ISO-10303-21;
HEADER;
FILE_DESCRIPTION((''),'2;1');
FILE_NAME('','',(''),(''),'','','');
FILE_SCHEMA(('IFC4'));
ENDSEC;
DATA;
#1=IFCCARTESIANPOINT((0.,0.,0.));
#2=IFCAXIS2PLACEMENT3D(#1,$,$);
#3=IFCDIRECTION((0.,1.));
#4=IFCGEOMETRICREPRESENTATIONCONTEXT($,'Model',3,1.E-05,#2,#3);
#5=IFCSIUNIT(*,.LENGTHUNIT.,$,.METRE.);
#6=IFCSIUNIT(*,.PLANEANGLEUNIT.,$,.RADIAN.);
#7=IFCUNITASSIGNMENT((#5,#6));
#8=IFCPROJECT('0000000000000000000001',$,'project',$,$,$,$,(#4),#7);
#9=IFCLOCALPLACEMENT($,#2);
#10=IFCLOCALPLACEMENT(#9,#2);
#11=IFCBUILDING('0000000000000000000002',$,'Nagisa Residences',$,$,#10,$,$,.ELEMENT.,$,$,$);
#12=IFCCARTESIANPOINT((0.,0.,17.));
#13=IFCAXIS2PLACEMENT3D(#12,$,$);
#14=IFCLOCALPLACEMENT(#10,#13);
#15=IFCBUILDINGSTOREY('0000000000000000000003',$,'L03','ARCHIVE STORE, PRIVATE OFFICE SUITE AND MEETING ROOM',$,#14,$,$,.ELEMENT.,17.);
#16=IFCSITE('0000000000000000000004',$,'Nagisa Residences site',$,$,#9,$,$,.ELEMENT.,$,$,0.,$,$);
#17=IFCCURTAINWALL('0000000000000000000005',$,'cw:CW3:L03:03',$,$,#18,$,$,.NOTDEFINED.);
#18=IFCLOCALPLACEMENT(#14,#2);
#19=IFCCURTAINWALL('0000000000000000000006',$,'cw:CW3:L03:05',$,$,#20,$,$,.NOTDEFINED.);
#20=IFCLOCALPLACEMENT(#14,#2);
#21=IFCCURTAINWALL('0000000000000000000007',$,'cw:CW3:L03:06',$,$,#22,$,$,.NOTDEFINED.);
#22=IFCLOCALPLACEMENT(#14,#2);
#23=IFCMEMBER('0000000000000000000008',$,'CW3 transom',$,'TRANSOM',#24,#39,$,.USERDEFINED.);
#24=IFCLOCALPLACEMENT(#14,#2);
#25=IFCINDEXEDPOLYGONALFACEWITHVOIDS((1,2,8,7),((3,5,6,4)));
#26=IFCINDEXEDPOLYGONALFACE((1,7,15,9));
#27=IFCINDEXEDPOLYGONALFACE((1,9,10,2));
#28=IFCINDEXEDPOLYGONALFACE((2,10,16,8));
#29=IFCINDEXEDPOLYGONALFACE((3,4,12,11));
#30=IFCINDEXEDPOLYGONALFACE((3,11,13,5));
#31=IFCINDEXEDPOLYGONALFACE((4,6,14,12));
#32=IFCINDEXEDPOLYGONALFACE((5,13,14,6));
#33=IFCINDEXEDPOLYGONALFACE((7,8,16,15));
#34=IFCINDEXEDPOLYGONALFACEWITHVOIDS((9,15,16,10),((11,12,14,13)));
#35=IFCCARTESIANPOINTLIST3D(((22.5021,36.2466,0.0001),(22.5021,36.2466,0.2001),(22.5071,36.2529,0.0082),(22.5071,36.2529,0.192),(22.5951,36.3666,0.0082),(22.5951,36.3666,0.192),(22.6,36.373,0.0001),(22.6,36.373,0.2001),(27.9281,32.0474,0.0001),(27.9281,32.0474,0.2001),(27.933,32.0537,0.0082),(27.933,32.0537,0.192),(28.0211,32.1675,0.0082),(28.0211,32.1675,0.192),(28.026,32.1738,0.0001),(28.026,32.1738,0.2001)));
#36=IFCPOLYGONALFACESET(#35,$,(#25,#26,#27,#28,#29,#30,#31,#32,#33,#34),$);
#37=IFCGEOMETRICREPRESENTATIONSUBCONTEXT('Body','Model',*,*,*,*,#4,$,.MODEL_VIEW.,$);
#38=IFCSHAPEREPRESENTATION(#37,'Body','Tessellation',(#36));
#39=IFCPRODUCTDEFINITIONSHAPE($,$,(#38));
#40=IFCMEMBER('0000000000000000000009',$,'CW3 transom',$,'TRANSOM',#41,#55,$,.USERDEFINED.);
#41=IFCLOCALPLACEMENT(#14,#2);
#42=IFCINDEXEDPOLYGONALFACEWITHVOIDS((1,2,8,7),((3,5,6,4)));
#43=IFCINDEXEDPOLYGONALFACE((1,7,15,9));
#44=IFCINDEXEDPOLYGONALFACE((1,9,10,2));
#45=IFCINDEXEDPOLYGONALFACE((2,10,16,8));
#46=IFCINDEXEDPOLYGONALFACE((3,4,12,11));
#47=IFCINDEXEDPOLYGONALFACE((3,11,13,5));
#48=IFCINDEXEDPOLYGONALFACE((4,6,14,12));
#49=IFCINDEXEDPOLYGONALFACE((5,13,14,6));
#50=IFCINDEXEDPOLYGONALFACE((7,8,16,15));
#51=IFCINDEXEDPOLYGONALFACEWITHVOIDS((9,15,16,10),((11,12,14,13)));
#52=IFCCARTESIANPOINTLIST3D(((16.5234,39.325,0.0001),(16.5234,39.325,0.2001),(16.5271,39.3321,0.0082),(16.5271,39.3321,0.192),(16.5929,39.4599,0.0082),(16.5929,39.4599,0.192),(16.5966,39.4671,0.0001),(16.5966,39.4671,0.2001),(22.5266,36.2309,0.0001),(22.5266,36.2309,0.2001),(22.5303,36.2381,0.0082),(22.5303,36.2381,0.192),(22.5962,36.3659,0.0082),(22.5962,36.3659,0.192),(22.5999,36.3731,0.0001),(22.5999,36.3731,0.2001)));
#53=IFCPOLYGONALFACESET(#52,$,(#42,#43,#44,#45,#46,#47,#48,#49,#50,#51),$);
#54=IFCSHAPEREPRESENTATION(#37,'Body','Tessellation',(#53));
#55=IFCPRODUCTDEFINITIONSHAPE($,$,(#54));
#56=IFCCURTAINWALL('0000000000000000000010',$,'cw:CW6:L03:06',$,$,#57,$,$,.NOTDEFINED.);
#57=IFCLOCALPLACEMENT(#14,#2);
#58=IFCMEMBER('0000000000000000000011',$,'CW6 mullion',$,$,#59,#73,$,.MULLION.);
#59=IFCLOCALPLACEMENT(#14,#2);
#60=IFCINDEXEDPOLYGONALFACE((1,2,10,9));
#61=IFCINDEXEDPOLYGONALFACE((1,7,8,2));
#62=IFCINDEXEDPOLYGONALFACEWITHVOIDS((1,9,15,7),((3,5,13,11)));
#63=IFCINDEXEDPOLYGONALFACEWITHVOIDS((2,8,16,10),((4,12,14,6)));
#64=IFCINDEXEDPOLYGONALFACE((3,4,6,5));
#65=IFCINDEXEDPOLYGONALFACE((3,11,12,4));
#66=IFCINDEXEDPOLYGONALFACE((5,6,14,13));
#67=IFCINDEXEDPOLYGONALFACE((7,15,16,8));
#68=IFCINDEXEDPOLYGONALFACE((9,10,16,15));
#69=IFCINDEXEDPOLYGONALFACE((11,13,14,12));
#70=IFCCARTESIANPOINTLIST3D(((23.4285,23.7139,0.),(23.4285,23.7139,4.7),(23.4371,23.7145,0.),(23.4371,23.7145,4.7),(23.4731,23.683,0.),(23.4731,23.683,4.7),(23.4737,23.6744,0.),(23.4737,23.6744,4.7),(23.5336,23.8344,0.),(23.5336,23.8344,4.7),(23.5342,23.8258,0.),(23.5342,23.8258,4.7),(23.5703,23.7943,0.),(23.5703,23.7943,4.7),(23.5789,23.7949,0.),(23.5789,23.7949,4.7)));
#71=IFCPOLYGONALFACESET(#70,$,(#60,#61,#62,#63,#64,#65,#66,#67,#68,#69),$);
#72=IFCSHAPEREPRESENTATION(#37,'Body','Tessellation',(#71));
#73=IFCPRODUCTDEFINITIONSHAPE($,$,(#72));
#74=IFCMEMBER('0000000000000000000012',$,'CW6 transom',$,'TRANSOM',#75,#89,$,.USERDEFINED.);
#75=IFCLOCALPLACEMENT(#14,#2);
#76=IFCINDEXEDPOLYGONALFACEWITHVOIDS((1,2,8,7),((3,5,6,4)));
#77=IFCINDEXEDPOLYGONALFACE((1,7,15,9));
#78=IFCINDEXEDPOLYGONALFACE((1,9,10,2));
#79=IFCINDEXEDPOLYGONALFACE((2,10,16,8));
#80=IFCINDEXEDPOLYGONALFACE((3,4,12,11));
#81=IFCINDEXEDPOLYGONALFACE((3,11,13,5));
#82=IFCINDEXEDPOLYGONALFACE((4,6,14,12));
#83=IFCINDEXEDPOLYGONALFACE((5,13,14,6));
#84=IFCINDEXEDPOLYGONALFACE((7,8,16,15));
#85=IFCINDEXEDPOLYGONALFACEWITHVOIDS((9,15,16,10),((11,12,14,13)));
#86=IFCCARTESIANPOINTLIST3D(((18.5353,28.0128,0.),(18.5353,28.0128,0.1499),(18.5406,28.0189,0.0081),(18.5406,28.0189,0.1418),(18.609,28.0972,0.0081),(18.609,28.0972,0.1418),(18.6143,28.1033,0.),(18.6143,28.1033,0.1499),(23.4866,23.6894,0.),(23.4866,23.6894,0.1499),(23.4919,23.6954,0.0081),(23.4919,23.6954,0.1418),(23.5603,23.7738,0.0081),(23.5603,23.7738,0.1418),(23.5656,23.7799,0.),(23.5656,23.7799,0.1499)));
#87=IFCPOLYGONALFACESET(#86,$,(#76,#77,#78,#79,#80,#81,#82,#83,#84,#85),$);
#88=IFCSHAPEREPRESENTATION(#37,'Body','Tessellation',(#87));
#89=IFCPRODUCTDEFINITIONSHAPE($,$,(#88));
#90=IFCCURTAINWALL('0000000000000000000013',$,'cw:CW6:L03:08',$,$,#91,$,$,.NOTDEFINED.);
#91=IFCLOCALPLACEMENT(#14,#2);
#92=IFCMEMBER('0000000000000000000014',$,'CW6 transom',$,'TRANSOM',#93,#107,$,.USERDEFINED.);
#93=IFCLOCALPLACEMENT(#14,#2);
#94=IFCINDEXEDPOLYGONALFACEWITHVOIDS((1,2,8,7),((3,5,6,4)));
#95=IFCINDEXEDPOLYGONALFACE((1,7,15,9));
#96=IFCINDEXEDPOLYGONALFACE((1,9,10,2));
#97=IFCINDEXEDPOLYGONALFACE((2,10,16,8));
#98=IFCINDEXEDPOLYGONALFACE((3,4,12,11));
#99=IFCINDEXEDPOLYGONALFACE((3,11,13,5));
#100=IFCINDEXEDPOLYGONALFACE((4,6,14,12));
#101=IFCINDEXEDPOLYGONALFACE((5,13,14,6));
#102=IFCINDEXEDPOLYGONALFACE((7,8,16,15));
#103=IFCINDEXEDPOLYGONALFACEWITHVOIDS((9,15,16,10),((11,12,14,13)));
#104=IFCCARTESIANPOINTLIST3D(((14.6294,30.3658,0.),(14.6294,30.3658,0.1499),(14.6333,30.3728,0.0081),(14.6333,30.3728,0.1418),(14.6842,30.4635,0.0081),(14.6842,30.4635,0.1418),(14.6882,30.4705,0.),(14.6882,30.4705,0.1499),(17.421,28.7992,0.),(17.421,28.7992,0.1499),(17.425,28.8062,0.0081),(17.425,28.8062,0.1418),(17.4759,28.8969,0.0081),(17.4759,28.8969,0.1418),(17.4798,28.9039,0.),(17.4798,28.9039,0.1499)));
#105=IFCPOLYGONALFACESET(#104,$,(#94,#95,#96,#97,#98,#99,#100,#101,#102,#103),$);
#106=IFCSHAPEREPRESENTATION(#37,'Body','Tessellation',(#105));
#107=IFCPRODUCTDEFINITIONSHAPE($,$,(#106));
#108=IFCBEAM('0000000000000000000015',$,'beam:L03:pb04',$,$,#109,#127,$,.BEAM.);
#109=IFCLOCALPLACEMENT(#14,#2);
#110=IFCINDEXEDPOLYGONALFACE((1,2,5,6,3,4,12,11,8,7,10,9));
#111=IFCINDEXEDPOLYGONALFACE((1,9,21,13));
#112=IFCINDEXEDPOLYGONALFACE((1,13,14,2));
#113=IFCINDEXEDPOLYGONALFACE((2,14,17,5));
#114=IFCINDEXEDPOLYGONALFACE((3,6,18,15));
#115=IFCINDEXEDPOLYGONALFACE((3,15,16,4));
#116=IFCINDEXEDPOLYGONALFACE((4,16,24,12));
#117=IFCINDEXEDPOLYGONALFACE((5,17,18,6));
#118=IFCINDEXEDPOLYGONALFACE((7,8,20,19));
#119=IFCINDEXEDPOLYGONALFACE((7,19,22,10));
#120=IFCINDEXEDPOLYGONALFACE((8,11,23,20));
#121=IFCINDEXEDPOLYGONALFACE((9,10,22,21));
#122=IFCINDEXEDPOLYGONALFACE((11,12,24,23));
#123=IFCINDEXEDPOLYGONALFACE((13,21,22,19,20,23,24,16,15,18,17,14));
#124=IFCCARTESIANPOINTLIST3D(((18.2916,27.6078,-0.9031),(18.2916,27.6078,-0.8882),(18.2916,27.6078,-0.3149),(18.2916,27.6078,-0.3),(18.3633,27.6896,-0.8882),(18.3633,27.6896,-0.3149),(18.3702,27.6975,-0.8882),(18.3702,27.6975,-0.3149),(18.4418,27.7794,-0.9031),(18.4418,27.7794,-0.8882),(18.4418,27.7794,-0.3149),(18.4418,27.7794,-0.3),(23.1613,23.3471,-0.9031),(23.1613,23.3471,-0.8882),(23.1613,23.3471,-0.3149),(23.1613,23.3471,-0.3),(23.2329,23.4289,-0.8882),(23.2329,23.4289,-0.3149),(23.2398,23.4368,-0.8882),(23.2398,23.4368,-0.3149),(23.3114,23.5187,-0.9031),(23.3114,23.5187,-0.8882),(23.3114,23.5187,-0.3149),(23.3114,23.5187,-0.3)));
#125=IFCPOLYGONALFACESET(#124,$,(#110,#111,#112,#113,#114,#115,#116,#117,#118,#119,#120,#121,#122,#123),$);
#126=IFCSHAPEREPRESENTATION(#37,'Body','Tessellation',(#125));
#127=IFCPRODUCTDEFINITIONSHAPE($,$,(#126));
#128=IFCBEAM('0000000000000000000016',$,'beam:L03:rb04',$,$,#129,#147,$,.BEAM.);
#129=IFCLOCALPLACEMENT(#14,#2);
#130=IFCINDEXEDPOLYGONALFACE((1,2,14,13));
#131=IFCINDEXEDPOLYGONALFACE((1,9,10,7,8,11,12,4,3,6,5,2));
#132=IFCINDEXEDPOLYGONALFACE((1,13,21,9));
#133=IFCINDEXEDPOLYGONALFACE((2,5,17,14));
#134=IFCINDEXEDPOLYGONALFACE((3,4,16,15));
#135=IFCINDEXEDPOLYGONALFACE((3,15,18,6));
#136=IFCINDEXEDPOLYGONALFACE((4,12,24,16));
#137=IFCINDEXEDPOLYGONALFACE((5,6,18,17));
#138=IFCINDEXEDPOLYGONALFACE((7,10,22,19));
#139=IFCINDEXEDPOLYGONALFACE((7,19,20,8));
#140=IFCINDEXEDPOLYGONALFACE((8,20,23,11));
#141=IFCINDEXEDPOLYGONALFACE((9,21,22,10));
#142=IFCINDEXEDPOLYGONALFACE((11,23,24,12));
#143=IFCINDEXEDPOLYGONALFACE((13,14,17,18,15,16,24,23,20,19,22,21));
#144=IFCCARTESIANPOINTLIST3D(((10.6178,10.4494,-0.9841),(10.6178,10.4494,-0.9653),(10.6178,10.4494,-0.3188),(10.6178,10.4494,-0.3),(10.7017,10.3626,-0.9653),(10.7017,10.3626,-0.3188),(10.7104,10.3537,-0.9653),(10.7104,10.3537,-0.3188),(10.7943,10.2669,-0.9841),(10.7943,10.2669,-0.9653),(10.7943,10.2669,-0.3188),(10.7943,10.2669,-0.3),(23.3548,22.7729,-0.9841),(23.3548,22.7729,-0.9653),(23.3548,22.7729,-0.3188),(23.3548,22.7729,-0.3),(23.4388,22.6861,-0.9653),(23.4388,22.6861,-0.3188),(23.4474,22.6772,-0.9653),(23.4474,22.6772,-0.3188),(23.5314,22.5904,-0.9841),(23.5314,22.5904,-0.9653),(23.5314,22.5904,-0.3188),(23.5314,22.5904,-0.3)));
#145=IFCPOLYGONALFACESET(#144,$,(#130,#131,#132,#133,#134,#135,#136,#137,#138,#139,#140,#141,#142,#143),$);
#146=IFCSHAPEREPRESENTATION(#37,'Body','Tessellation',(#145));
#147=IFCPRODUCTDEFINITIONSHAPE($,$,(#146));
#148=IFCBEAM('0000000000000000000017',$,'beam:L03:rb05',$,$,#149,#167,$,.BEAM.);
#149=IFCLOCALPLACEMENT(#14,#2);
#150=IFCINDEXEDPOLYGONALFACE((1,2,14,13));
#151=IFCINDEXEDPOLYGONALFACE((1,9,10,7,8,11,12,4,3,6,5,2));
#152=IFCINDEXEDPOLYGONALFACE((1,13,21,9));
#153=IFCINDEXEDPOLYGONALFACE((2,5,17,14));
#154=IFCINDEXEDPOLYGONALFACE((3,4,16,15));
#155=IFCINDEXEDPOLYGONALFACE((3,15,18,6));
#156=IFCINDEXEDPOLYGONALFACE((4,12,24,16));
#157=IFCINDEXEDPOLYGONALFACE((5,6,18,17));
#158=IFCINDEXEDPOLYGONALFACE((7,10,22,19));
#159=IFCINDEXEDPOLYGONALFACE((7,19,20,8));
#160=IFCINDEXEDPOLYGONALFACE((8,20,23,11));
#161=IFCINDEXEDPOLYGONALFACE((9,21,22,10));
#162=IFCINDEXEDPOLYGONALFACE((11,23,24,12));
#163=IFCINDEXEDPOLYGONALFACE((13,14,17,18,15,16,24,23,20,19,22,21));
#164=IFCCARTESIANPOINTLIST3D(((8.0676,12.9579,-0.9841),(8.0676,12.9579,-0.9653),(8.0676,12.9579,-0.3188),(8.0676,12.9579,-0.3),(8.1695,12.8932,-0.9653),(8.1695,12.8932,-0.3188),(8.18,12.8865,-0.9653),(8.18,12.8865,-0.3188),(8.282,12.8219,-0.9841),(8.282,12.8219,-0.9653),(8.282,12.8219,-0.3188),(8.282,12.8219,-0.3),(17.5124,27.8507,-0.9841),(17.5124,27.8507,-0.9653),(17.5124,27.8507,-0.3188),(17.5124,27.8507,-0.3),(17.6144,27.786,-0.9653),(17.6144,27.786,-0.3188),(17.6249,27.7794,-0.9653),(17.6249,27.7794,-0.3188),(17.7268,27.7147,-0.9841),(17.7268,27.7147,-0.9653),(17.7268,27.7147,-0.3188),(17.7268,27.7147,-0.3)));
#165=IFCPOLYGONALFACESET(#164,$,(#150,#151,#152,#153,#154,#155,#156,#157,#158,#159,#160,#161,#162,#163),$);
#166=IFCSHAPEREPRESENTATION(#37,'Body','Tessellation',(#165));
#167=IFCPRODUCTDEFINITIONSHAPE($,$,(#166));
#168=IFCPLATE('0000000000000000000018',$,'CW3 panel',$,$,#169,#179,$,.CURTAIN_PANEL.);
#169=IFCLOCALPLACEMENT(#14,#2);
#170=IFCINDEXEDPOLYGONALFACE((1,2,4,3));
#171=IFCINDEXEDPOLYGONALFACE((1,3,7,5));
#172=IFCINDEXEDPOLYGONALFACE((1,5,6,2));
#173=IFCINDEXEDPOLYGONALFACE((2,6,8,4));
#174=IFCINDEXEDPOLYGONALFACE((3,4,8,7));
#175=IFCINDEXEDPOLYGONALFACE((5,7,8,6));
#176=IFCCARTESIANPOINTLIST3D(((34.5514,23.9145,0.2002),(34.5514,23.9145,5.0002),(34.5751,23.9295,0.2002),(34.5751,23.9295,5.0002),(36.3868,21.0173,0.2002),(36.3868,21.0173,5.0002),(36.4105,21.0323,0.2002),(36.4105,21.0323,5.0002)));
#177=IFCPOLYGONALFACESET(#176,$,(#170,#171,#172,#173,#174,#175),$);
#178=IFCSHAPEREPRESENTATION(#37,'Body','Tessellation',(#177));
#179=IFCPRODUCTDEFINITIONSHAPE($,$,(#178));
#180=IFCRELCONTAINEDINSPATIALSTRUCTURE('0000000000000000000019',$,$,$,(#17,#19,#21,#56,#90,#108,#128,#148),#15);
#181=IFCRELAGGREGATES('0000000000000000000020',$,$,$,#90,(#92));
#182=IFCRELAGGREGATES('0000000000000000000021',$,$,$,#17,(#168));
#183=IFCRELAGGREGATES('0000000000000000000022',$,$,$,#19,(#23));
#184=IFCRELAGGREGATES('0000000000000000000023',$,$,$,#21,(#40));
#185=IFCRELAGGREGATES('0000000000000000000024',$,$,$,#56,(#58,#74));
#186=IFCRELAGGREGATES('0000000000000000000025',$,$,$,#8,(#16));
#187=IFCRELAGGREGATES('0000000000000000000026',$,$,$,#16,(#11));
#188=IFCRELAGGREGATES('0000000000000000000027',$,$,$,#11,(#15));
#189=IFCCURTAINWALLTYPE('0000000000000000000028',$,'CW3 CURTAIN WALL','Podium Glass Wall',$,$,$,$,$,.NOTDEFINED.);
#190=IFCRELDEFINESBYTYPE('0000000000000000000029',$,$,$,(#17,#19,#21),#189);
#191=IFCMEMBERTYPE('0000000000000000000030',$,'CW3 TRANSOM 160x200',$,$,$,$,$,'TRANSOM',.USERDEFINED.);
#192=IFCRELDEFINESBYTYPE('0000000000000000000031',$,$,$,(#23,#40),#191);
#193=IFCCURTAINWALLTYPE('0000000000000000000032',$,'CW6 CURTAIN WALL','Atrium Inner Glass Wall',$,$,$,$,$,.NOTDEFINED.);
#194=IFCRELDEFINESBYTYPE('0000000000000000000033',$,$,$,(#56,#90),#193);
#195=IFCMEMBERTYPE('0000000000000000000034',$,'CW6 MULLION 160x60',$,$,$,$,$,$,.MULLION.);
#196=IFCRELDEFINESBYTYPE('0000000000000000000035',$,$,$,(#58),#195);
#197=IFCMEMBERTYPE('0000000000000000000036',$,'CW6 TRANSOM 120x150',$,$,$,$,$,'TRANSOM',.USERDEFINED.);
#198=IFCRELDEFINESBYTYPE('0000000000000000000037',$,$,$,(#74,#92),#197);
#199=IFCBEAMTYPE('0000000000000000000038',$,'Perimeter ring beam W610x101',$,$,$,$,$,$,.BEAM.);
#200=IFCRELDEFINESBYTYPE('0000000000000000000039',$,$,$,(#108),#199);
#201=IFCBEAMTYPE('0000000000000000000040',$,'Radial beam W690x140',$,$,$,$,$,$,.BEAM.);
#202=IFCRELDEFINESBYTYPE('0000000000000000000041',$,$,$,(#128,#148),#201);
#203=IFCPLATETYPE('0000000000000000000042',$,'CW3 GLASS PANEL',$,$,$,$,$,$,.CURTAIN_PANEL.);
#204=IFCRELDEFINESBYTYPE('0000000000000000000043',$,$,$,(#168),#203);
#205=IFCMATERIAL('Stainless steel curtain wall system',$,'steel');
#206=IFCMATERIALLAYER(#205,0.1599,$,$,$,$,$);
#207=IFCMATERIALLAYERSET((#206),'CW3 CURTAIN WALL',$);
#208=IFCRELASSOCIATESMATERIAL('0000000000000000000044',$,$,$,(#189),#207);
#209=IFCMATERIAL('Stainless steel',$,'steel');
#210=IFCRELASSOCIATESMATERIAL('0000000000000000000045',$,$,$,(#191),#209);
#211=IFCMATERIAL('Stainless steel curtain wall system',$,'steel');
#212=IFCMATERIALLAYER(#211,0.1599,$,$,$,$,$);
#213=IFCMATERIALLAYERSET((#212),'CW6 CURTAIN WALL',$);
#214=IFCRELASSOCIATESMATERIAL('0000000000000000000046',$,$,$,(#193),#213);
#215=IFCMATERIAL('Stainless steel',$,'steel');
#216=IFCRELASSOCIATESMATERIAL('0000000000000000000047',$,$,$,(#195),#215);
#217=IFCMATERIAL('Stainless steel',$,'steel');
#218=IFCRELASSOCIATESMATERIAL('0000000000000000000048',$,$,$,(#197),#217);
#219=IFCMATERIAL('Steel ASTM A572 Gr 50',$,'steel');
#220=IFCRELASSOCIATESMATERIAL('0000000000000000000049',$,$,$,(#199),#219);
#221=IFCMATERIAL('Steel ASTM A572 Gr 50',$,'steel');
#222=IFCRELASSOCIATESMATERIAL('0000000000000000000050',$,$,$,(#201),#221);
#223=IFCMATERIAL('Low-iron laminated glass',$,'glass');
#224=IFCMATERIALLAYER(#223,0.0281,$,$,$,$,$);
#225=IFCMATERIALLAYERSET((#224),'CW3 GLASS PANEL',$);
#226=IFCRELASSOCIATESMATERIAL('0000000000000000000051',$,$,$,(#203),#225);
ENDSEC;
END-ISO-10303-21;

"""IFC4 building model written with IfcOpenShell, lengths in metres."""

from ifc_helpers import new_model, si_unit, direction, frame, origin, origin_2d, place, context, subcontext, project, spatial, rectangle, hollow_rectangle, i_section, extrude, material, layer, layer_set, material_profile, profile_set, type_object, element, aggregate, save


model = new_model("IFC4")

# Units and contexts
model_context = context("Model", 3, precision=1e-05, world=origin(), true_north=direction((0.0, 1.0)))
body_context = subcontext(model_context, "Body", "Model", "MODEL_VIEW")
ifc_project = project(units=[si_unit("LENGTHUNIT", "METRE"), si_unit("PLANEANGLEUNIT", "RADIAN")], contexts=[model_context])

# Site, building, storey
site_placement = place(None, origin())
site = spatial("IfcSite", under=ifc_project, at=site_placement, Name="Nagisa Residences site", CompositionType="ELEMENT", RefElevation=0.0)
building_placement = place(site_placement, origin())
building = spatial("IfcBuilding", under=site, at=building_placement, Name="Nagisa Residences", CompositionType="ELEMENT")
storey_placement = place(building_placement, frame((0.0, 0.0, 17.0)))
storey = spatial("IfcBuildingStorey", under=building, at=storey_placement, Name="L03", Description="ARCHIVE STORE, PRIVATE OFFICE SUITE AND MEETING ROOM", CompositionType="ELEMENT", Elevation=17.0)

# Curtain walls
ifc_material_1 = material(Name="Stainless steel curtain wall system", Category="steel")
ifc_layer_1 = layer(ifc_material_1, 0.1599)
ifc_layer_set_1 = layer_set([ifc_layer_1], Name="CW3 CURTAIN WALL")
curtain_wall_type_1 = type_object("IfcCurtainWallType", Name="CW3 CURTAIN WALL", Description="Podium Glass Wall", PredefinedType="NOTDEFINED", material=ifc_layer_set_1)
curtain_wall_1_placement = place(storey_placement, origin())
curtain_wall_1 = element("IfcCurtainWall", 1, at=curtain_wall_1_placement, inside=storey, type_object=curtain_wall_type_1, Name="cw:CW3:L03:03", PredefinedType="NOTDEFINED")
curtain_wall_2_placement = place(storey_placement, origin())
curtain_wall_2 = element("IfcCurtainWall", 2, at=curtain_wall_2_placement, inside=storey, type_object=curtain_wall_type_1, Name="cw:CW3:L03:05", PredefinedType="NOTDEFINED")
curtain_wall_3_placement = place(storey_placement, origin())
curtain_wall_3 = element("IfcCurtainWall", 3, at=curtain_wall_3_placement, inside=storey, type_object=curtain_wall_type_1, Name="cw:CW3:L03:06", PredefinedType="NOTDEFINED")

# Members
ifc_material_2 = material(Name="Stainless steel", Category="steel")
ifc_material_profile_1 = material_profile(ifc_material_2, hollow_rectangle(XDim=0.1599, YDim=0.2, WallThickness=0.0081, at=origin_2d()), Name="CW3 TRANSOM 160x200")
ifc_profile_set_1 = profile_set([ifc_material_profile_1], Name="Stainless steel")
member_type_1 = type_object("IfcMemberType", Name="CW3 TRANSOM 160x200", ElementType="TRANSOM", PredefinedType="USERDEFINED", material=ifc_profile_set_1)
member_1_placement = place(storey_placement, frame((27.9771, 32.1106, 0.1001), z_axis=(-0.790835, 0.61203, 0.0), x_axis=(-0.61203, -0.790835, 0.0)))
member_1 = element("IfcMember", 4, at=member_1_placement, type_object=member_type_1, Name="CW3 transom", ObjectType="TRANSOM", PredefinedType="USERDEFINED", context=body_context, shape_type="SweptSolid", body=[
    extrude(hollow_rectangle(XDim=0.1599, YDim=0.2, WallThickness=0.0081, at=origin_2d()), origin(), (0.0, 0.0, 1.0), 6.8611),
])
member_2_placement = place(storey_placement, frame((22.5632, 36.302, 0.1001), z_axis=(-0.888887, 0.458126, 0.0), x_axis=(-0.458126, -0.888887, 0.0)))
member_2 = element("IfcMember", 5, at=member_2_placement, type_object=member_type_1, Name="CW3 transom", ObjectType="TRANSOM", PredefinedType="USERDEFINED", context=body_context, shape_type="SweptSolid", body=[
    extrude(hollow_rectangle(XDim=0.1599, YDim=0.2, WallThickness=0.0081, at=origin_2d()), origin(), (0.0, 0.0, 1.0), 6.7537),
])

# Curtain wall, members
ifc_material_3 = material(Name="Stainless steel curtain wall system", Category="steel")
ifc_layer_2 = layer(ifc_material_3, 0.1599)
ifc_layer_set_2 = layer_set([ifc_layer_2], Name="CW6 CURTAIN WALL")
curtain_wall_type_2 = type_object("IfcCurtainWallType", Name="CW6 CURTAIN WALL", Description="Atrium Inner Glass Wall", PredefinedType="NOTDEFINED", material=ifc_layer_set_2)
curtain_wall_4_placement = place(storey_placement, origin())
curtain_wall_4 = element("IfcCurtainWall", 6, at=curtain_wall_4_placement, inside=storey, type_object=curtain_wall_type_2, Name="cw:CW6:L03:06", PredefinedType="NOTDEFINED")
ifc_material_4 = material(Name="Stainless steel", Category="steel")
ifc_material_profile_2 = material_profile(ifc_material_4, hollow_rectangle(XDim=0.1599, YDim=0.0601, WallThickness=0.0061, at=origin_2d()), Name="CW6 MULLION 160x60")
ifc_profile_set_2 = profile_set([ifc_material_profile_2], Name="Stainless steel")
member_type_2 = type_object("IfcMemberType", Name="CW6 MULLION 160x60", PredefinedType="MULLION", material=ifc_profile_set_2)
member_3_placement = place(storey_placement, frame((23.5037, 23.7544, 0.0), z_axis=(0.0, 0.0, 1.0), x_axis=(-0.657721, -0.753261, 0.0)))
member_3 = element("IfcMember", 7, at=member_3_placement, type_object=member_type_2, Name="CW6 mullion", PredefinedType="MULLION", context=body_context, shape_type="SweptSolid", body=[
    extrude(hollow_rectangle(XDim=0.1599, YDim=0.0601, WallThickness=0.0061, at=origin_2d()), origin(), (0.0, 0.0, 1.0), 4.7),
])
ifc_material_5 = material(Name="Stainless steel", Category="steel")
ifc_material_profile_3 = material_profile(ifc_material_5, hollow_rectangle(XDim=0.1201, YDim=0.1499, WallThickness=0.0081, at=origin_2d()), Name="CW6 TRANSOM 120x150")
ifc_profile_set_3 = profile_set([ifc_material_profile_3], Name="Stainless steel")
member_type_3 = type_object("IfcMemberType", Name="CW6 TRANSOM 120x150", ElementType="TRANSOM", PredefinedType="USERDEFINED", material=ifc_profile_set_3)
member_4_placement = place(storey_placement, frame((23.5261, 23.7346, 0.075), z_axis=(-0.753255, 0.657729, 0.0), x_axis=(-0.657729, -0.753255, 0.0)))
member_4 = element("IfcMember", 8, at=member_4_placement, type_object=member_type_3, Name="CW6 transom", ObjectType="TRANSOM", PredefinedType="USERDEFINED", context=body_context, shape_type="SweptSolid", body=[
    extrude(hollow_rectangle(XDim=0.1201, YDim=0.1499, WallThickness=0.0081, at=origin_2d()), origin(), (0.0, 0.0, 1.0), 6.5732),
])

# Curtain wall, member
curtain_wall_5_placement = place(storey_placement, origin())
curtain_wall_5 = element("IfcCurtainWall", 9, at=curtain_wall_5_placement, inside=storey, type_object=curtain_wall_type_2, Name="cw:CW6:L03:08", PredefinedType="NOTDEFINED")
member_5_placement = place(storey_placement, frame((17.4504, 28.8516, 0.075), z_axis=(-0.87207, 0.489381, 0.0), x_axis=(-0.489381, -0.87207, 0.0)))
member_5 = element("IfcMember", 10, at=member_5_placement, type_object=member_type_3, Name="CW6 transom", ObjectType="TRANSOM", PredefinedType="USERDEFINED", context=body_context, shape_type="SweptSolid", body=[
    extrude(hollow_rectangle(XDim=0.1201, YDim=0.1499, WallThickness=0.0081, at=origin_2d()), origin(), (0.0, 0.0, 1.0), 3.2012),
])
aggregate(curtain_wall_5, [member_5])

# Beams
ifc_material_6 = material(Name="Steel ASTM A572 Gr 50", Category="steel")
ifc_material_profile_4 = material_profile(ifc_material_6, i_section(OverallWidth=0.228, OverallDepth=0.603, WebThickness=0.0105, FlangeThickness=0.0149, at=origin_2d()), Name="W610x101")
ifc_profile_set_4 = profile_set([ifc_material_profile_4], Name="Steel ASTM A572 Gr 50")
beam_type_1 = type_object("IfcBeamType", Name="Perimeter ring beam W610x101", PredefinedType="BEAM", material=ifc_profile_set_4)
beam_1_placement = place(storey_placement, frame((23.2363, 23.4329, -0.6016), z_axis=(-0.752591, 0.658489, 0.0), x_axis=(-0.658489, -0.752591, 0.0)))
element("IfcBeam", 11, at=beam_1_placement, inside=storey, type_object=beam_type_1, Name="beam:L03:pb04", PredefinedType="BEAM", context=body_context, shape_type="SweptSolid", body=[
    extrude(i_section(OverallWidth=0.228, OverallDepth=0.603, WebThickness=0.0105, FlangeThickness=0.0149, at=origin_2d()), origin(), (0.0, 0.0, 1.0), 6.4705),
])
ifc_material_7 = material(Name="Steel ASTM A572 Gr 50", Category="steel")
ifc_material_profile_5 = material_profile(ifc_material_7, i_section(OverallWidth=0.2539, OverallDepth=0.6841, WebThickness=0.0125, FlangeThickness=0.0188, at=origin_2d()), Name="W690x140")
ifc_profile_set_5 = profile_set([ifc_material_profile_5], Name="Steel ASTM A572 Gr 50")
beam_type_2 = type_object("IfcBeamType", Name="Radial beam W690x140", PredefinedType="BEAM", material=ifc_profile_set_5)
beam_2_placement = place(storey_placement, frame((23.4431, 22.6816, -0.6421), z_axis=(-0.718678, -0.695343, 0.0), x_axis=(0.695343, -0.718678, 0.0)))
element("IfcBeam", 12, at=beam_2_placement, inside=storey, type_object=beam_type_2, Name="beam:L03:rb04", PredefinedType="BEAM", context=body_context, shape_type="SweptSolid", body=[
    extrude(i_section(OverallWidth=0.2539, OverallDepth=0.6841, WebThickness=0.0125, FlangeThickness=0.0188, at=origin_2d()), origin(), (0.0, 0.0, 1.0), 17.7229),
])
beam_3_placement = place(storey_placement, frame((17.6196, 27.7827, -0.6421), z_axis=(-0.535566, -0.844493, 0.0), x_axis=(0.844493, -0.535566, 0.0)))
element("IfcBeam", 13, at=beam_3_placement, inside=storey, type_object=beam_type_2, Name="beam:L03:rb05", PredefinedType="BEAM", context=body_context, shape_type="SweptSolid", body=[
    extrude(i_section(OverallWidth=0.2539, OverallDepth=0.6841, WebThickness=0.0125, FlangeThickness=0.0188, at=origin_2d()), origin(), (0.0, 0.0, 1.0), 17.6353),
])

# Plate
ifc_material_8 = material(Name="Low-iron laminated glass", Category="glass")
ifc_layer_3 = layer(ifc_material_8, 0.0281)
ifc_layer_set_3 = layer_set([ifc_layer_3], Name="CW3 GLASS PANEL")
plate_type_1 = type_object("IfcPlateType", Name="CW3 GLASS PANEL", PredefinedType="CURTAIN_PANEL", material=ifc_layer_set_3)
plate_1_placement = place(storey_placement, frame((35.481, 22.4734, 0.2002), z_axis=(0.0, 0.0, 1.0), x_axis=(-0.535165, 0.844747, 0.0)))
plate_1 = element("IfcPlate", 14, at=plate_1_placement, type_object=plate_type_1, Name="CW3 panel", PredefinedType="CURTAIN_PANEL", context=body_context, shape_type="SweptSolid", body=[
    extrude(rectangle(XDim=3.4297, YDim=0.0281, at=origin_2d()), origin(), (0.0, 0.0, 1.0), 4.8),
])
aggregate(curtain_wall_1, [plate_1])
aggregate(curtain_wall_2, [member_1])
aggregate(curtain_wall_3, [member_2])
aggregate(curtain_wall_4, [member_3, member_4])

save(model, "model.ifc")
